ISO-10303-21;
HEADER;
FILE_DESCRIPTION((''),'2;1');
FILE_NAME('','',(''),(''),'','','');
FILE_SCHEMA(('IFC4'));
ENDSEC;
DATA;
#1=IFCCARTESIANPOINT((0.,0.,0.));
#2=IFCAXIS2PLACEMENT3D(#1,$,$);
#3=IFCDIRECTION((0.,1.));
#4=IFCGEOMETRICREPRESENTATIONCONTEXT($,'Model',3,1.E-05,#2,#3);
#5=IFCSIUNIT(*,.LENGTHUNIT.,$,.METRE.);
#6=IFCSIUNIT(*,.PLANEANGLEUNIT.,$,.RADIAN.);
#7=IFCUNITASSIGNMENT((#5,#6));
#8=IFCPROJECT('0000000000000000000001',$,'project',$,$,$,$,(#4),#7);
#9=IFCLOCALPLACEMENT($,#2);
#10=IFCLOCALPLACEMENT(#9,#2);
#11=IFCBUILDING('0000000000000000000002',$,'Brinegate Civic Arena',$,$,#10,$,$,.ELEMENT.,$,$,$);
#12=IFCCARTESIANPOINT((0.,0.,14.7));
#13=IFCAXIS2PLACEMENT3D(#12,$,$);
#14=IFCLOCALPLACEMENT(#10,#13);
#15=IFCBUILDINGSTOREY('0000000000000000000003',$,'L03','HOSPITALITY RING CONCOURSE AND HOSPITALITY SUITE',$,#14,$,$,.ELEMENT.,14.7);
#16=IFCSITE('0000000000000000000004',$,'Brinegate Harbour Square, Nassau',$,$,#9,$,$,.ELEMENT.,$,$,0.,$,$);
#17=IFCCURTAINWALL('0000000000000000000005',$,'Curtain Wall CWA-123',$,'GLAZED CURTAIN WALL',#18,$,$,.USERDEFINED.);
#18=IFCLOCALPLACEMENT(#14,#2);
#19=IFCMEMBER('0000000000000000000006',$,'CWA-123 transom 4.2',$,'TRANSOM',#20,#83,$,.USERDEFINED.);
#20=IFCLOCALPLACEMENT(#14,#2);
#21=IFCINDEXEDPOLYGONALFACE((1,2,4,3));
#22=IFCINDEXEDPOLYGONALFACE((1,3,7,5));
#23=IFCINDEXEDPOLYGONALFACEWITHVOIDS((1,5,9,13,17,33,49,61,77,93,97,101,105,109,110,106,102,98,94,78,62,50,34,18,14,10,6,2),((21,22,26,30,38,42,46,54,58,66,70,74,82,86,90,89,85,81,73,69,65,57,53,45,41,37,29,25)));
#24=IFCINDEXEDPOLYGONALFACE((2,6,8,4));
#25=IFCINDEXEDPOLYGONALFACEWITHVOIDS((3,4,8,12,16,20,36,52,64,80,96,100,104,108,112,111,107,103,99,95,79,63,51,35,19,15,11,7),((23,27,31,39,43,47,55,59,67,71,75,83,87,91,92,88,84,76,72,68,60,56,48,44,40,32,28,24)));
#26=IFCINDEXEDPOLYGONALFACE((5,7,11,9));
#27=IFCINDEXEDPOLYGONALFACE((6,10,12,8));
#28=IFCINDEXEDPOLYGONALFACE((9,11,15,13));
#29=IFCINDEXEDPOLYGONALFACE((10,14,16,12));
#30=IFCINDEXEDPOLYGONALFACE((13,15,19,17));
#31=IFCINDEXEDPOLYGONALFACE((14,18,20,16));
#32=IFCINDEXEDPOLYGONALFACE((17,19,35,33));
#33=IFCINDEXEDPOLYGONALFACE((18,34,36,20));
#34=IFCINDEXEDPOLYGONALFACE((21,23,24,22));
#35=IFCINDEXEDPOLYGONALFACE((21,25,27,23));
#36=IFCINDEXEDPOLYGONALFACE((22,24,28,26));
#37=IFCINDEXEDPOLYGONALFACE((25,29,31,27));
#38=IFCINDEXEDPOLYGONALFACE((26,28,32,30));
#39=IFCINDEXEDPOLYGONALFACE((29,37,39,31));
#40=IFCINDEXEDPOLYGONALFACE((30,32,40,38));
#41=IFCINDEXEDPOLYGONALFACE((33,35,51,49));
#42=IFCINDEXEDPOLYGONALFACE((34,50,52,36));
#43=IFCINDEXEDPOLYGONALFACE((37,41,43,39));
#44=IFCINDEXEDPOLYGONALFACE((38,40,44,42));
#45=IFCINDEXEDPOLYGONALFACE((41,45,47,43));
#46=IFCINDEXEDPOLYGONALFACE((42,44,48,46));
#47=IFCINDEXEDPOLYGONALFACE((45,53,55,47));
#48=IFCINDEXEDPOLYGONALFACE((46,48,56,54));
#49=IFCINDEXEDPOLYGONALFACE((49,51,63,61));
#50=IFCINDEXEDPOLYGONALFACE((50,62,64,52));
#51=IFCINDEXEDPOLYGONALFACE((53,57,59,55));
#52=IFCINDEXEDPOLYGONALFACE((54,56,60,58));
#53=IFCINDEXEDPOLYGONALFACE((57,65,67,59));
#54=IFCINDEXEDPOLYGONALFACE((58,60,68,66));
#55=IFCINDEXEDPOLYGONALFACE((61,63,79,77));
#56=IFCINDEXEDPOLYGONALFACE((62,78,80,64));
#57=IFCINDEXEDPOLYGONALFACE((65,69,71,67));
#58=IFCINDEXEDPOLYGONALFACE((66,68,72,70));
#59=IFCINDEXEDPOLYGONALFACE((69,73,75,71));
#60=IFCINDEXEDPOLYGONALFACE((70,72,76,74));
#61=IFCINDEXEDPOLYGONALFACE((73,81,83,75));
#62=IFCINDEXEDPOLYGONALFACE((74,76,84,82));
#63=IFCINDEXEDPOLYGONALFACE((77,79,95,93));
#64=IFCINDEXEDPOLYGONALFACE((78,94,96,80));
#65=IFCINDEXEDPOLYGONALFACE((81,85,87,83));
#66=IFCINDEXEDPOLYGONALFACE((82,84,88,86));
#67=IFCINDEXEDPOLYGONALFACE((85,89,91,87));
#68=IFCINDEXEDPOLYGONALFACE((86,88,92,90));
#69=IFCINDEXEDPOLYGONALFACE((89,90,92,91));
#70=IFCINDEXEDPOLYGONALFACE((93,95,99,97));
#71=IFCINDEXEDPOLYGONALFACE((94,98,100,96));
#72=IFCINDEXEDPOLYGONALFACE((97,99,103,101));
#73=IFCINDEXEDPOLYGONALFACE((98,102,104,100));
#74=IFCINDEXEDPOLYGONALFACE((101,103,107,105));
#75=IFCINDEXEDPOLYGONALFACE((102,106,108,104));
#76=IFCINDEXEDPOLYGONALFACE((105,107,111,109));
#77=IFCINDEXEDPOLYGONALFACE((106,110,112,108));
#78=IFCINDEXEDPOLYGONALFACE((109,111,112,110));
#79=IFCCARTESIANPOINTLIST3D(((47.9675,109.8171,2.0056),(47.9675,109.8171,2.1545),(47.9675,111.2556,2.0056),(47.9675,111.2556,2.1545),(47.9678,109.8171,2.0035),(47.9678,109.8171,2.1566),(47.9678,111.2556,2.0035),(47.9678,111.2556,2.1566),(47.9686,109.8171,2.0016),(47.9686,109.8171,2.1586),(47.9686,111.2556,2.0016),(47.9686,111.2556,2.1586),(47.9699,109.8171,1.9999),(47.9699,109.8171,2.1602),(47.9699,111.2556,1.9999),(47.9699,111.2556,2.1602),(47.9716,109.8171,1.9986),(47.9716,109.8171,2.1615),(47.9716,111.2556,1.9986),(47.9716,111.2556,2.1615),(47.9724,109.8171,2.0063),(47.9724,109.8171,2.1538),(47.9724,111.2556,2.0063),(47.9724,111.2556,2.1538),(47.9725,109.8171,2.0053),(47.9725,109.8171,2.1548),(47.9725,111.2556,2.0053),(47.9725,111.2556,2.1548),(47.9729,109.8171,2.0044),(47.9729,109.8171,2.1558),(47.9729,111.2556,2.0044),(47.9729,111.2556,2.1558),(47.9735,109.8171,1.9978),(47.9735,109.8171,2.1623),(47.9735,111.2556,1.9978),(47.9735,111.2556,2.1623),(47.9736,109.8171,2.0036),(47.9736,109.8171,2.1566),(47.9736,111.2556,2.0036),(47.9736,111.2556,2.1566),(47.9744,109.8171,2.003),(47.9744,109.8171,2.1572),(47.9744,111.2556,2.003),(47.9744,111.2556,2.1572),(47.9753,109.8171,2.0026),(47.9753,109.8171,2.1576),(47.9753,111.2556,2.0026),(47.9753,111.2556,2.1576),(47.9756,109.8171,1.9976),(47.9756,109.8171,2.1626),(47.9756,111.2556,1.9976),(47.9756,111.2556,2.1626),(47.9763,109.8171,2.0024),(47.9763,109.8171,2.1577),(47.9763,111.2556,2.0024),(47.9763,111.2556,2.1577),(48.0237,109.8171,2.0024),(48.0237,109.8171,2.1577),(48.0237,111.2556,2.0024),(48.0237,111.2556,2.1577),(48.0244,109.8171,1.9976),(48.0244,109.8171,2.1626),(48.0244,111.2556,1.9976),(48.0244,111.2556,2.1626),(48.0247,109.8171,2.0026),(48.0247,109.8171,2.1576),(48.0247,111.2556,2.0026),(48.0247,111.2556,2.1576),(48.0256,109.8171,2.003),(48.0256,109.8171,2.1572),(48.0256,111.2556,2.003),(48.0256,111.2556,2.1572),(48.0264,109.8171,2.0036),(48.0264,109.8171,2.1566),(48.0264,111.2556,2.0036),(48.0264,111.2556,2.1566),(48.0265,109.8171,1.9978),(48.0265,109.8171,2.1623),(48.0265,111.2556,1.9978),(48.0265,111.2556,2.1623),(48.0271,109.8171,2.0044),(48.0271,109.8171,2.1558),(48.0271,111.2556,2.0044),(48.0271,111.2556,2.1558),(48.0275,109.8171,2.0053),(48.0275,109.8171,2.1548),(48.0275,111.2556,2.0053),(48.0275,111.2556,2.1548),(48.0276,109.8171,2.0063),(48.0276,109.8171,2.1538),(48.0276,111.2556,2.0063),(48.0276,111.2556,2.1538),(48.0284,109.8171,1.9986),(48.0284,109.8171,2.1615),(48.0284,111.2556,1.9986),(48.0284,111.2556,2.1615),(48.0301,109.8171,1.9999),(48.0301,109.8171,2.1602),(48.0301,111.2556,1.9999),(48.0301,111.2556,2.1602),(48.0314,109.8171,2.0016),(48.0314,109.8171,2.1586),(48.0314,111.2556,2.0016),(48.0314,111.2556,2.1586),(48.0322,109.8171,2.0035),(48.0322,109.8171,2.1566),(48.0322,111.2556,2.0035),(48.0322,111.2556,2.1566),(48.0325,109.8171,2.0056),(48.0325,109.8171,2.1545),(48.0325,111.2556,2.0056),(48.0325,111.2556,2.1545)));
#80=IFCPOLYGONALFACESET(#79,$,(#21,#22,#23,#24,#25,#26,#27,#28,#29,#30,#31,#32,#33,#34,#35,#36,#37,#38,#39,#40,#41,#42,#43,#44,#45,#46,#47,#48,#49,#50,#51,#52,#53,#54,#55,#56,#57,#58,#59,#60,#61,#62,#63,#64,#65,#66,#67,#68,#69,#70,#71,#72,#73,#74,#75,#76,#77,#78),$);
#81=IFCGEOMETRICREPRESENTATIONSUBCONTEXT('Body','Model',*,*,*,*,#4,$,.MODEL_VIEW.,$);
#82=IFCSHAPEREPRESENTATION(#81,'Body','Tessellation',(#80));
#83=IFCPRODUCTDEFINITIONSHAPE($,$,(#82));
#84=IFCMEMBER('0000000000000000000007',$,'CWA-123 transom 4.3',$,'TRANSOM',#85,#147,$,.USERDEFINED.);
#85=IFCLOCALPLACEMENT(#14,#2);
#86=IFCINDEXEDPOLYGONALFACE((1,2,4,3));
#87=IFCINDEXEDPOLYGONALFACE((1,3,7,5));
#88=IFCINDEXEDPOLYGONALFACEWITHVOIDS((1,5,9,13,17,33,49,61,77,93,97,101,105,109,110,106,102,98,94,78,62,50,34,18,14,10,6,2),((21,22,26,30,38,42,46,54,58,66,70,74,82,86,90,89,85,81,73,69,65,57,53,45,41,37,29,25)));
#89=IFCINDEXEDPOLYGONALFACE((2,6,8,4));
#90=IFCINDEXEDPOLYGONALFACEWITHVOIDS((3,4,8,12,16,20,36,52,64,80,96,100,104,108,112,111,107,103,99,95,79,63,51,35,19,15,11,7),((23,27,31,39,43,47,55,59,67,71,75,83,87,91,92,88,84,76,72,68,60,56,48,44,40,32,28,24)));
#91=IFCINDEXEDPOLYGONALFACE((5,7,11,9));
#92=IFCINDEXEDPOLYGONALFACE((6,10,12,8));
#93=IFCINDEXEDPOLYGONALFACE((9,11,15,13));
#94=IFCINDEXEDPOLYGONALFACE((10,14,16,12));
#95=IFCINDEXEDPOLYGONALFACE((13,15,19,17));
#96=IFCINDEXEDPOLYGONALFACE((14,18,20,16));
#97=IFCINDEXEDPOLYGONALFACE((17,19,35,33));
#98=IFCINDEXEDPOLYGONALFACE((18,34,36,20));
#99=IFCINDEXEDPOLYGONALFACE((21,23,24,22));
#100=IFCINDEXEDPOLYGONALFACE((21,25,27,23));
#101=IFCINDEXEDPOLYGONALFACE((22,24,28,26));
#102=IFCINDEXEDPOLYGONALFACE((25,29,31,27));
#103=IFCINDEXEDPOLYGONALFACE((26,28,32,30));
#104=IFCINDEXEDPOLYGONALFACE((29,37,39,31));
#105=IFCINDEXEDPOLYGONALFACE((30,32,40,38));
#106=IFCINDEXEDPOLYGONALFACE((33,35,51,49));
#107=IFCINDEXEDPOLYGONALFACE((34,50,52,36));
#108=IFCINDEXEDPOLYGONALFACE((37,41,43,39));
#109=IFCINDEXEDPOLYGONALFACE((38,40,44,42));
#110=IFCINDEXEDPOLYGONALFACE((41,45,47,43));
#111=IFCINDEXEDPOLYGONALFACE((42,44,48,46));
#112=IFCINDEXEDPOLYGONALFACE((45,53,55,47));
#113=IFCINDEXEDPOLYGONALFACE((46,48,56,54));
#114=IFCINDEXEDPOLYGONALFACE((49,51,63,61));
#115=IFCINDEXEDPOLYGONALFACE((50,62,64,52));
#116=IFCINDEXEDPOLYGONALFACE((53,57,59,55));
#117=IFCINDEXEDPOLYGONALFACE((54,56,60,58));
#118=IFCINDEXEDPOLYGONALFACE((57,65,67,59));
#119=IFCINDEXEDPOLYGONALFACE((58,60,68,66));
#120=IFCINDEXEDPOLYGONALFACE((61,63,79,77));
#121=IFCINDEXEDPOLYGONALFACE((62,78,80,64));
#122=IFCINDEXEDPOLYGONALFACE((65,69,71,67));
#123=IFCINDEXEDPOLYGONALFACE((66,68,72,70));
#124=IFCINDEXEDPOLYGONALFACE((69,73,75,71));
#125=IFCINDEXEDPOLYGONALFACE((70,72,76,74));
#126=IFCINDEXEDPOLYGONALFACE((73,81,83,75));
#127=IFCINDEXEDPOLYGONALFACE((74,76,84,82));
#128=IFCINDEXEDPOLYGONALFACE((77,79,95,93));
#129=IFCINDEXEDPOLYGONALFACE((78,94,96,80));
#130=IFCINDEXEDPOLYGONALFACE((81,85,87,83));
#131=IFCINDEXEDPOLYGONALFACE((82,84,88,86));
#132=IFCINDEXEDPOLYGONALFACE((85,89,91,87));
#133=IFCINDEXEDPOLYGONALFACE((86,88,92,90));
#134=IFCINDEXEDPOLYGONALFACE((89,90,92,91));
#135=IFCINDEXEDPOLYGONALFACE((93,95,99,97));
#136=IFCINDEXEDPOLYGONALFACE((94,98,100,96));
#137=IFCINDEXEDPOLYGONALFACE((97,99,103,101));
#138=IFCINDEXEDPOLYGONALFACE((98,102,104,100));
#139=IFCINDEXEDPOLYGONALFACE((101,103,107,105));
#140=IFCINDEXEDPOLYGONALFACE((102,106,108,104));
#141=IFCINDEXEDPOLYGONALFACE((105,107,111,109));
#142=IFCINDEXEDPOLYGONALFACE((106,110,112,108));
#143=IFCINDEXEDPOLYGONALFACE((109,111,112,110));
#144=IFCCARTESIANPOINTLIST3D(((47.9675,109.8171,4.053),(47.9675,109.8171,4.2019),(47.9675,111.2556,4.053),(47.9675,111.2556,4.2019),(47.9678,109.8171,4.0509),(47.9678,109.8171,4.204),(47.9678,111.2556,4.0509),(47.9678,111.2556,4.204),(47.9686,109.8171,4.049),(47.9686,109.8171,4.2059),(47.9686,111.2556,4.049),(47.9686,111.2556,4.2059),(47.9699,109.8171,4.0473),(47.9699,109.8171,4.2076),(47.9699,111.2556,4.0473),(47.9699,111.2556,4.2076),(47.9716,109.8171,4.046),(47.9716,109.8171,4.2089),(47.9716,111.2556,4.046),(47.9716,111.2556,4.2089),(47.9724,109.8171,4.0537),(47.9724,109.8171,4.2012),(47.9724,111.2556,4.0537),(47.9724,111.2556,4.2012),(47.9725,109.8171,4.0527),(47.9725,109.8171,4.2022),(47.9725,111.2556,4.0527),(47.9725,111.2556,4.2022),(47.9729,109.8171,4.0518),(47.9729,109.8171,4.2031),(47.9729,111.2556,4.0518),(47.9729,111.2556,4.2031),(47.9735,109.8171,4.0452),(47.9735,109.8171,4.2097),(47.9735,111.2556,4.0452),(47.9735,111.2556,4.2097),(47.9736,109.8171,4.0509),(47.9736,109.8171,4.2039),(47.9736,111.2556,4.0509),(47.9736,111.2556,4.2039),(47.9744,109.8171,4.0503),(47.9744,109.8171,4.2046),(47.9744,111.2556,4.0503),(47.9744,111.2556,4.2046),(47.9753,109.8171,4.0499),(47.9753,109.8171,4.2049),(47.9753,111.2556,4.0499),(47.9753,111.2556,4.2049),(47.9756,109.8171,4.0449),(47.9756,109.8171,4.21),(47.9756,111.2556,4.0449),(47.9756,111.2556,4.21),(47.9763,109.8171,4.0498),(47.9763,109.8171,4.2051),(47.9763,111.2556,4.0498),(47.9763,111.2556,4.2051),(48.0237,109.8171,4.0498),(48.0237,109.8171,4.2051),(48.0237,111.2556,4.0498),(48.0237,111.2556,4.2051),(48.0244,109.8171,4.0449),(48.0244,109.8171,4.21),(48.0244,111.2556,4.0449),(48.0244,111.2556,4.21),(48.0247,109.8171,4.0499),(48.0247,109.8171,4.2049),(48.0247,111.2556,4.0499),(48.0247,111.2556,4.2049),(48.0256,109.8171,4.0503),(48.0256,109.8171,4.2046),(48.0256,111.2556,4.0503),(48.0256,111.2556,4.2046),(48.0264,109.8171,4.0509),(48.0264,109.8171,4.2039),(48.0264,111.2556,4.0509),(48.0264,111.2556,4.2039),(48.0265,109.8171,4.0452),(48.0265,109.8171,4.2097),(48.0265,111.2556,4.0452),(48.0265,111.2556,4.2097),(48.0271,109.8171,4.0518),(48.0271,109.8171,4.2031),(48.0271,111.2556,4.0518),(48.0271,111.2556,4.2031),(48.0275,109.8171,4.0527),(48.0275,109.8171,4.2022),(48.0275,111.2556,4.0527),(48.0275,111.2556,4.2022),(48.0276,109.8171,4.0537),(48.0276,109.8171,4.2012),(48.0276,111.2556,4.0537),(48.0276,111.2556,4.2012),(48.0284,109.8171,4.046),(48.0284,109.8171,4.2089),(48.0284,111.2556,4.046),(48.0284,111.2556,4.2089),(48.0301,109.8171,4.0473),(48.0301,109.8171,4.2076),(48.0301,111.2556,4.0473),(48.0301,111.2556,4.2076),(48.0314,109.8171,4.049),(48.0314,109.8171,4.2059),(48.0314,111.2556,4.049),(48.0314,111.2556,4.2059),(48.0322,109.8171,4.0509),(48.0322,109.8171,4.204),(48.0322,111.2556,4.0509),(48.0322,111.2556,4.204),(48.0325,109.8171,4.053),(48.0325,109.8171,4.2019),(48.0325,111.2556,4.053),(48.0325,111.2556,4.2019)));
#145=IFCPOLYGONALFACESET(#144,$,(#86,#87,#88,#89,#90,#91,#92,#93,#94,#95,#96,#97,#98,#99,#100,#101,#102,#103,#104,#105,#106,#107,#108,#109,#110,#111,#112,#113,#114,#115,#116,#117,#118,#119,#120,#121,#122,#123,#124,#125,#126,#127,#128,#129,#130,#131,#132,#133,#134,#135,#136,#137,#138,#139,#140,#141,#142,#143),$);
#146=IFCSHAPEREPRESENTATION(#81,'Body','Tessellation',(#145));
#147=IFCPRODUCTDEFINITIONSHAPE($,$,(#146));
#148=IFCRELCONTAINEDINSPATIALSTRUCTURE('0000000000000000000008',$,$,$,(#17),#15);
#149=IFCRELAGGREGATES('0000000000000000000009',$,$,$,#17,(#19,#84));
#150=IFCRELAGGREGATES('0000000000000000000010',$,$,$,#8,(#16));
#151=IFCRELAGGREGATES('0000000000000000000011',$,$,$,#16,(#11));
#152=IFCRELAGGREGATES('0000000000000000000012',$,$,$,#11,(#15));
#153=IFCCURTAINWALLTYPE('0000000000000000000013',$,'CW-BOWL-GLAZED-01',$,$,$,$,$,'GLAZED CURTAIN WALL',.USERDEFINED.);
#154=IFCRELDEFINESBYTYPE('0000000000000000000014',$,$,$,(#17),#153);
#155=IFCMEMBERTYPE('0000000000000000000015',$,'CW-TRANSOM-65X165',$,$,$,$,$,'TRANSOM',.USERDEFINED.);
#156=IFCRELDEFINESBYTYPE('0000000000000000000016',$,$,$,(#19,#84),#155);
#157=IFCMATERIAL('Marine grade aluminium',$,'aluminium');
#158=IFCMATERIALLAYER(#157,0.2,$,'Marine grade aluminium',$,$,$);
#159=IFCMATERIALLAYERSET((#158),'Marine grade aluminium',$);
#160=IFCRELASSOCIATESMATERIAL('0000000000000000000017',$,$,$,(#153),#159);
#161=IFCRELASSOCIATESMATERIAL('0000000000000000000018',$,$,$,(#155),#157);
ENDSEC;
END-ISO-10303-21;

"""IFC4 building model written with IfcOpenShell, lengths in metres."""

from ifc_helpers import new_model, si_unit, direction, frame, origin, origin_2d, place, context, subcontext, project, spatial, hollow_rectangle, extrude, material, layer, layer_set, material_profile, profile_set, type_object, element, aggregate, save


model = new_model("IFC4")

# Units and contexts
model_context = context("Model", 3, precision=1e-05, world=origin(), true_north=direction((0.0, 1.0)))
body_context = subcontext(model_context, "Body", "Model", "MODEL_VIEW")
ifc_project = project(units=[si_unit("LENGTHUNIT", "METRE"), si_unit("PLANEANGLEUNIT", "RADIAN")], contexts=[model_context])

# Site, building, storey
site_placement = place(None, origin())
site = spatial("IfcSite", under=ifc_project, at=site_placement, Name="Brinegate Harbour Square, Nassau", CompositionType="ELEMENT", RefElevation=0.0)
building_placement = place(site_placement, origin())
building = spatial("IfcBuilding", under=site, at=building_placement, Name="Brinegate Civic Arena", CompositionType="ELEMENT")
storey_placement = place(building_placement, frame((0.0, 0.0, 14.7)))
storey = spatial("IfcBuildingStorey", under=building, at=storey_placement, Name="L03", Description="HOSPITALITY RING CONCOURSE AND HOSPITALITY SUITE", CompositionType="ELEMENT", Elevation=14.7)

# Curtain wall, members
ifc_material_1 = material(Name="Marine grade aluminium", Category="aluminium")
ifc_layer_1 = layer(ifc_material_1, 0.2, Name="Marine grade aluminium")
ifc_layer_set_1 = layer_set([ifc_layer_1], Name="Marine grade aluminium")
curtain_wall_type = type_object("IfcCurtainWallType", Name="CW-BOWL-GLAZED-01", ElementType="GLAZED CURTAIN WALL", PredefinedType="USERDEFINED", material=ifc_layer_set_1)
curtain_wall_placement = place(storey_placement, origin())
curtain_wall = element("IfcCurtainWall", 1, at=curtain_wall_placement, inside=storey, type_object=curtain_wall_type, Name="Curtain Wall CWA-123", ObjectType="GLAZED CURTAIN WALL", PredefinedType="USERDEFINED")
ifc_material_profile_1 = material_profile(ifc_material_1, hollow_rectangle(XDim=0.0649, YDim=0.165, WallThickness=0.0049, InnerFilletRadius=0.0039, OuterFilletRadius=0.0081, at=origin_2d()), Name="TRN65X165")
ifc_profile_set_1 = profile_set([ifc_material_profile_1], Name="Marine grade aluminium")
member_type_1 = type_object("IfcMemberType", Name="CW-TRANSOM-65X165", ElementType="TRANSOM", PredefinedType="USERDEFINED", material=ifc_profile_set_1)
member_1_placement = place(storey_placement, frame((48.0, 109.8171, 2.0801), z_axis=(0.0, 1.0, 0.0), x_axis=(-1.0, 0.0, 0.0)))
member_1 = element("IfcMember", 2, at=member_1_placement, type_object=member_type_1, Name="CWA-123 transom 4.2", ObjectType="TRANSOM", PredefinedType="USERDEFINED", context=body_context, shape_type="SweptSolid", body=[
    extrude(hollow_rectangle(XDim=0.0649, YDim=0.165, WallThickness=0.0049, InnerFilletRadius=0.0039, OuterFilletRadius=0.0081, at=origin_2d()), origin(), (0.0, 0.0, 1.0), 1.4385),
])
member_2_placement = place(storey_placement, frame((48.0, 109.8171, 4.1274), z_axis=(0.0, 1.0, 0.0), x_axis=(-1.0, 0.0, 0.0)))
member_2 = element("IfcMember", 3, at=member_2_placement, type_object=member_type_1, Name="CWA-123 transom 4.3", ObjectType="TRANSOM", PredefinedType="USERDEFINED", context=body_context, shape_type="SweptSolid", body=[
    extrude(hollow_rectangle(XDim=0.0649, YDim=0.165, WallThickness=0.0049, InnerFilletRadius=0.0039, OuterFilletRadius=0.0081, at=origin_2d()), origin(), (0.0, 0.0, 1.0), 1.4385),
])

aggregate(curtain_wall, [member_1, member_2])

save(model, "model.ifc")
